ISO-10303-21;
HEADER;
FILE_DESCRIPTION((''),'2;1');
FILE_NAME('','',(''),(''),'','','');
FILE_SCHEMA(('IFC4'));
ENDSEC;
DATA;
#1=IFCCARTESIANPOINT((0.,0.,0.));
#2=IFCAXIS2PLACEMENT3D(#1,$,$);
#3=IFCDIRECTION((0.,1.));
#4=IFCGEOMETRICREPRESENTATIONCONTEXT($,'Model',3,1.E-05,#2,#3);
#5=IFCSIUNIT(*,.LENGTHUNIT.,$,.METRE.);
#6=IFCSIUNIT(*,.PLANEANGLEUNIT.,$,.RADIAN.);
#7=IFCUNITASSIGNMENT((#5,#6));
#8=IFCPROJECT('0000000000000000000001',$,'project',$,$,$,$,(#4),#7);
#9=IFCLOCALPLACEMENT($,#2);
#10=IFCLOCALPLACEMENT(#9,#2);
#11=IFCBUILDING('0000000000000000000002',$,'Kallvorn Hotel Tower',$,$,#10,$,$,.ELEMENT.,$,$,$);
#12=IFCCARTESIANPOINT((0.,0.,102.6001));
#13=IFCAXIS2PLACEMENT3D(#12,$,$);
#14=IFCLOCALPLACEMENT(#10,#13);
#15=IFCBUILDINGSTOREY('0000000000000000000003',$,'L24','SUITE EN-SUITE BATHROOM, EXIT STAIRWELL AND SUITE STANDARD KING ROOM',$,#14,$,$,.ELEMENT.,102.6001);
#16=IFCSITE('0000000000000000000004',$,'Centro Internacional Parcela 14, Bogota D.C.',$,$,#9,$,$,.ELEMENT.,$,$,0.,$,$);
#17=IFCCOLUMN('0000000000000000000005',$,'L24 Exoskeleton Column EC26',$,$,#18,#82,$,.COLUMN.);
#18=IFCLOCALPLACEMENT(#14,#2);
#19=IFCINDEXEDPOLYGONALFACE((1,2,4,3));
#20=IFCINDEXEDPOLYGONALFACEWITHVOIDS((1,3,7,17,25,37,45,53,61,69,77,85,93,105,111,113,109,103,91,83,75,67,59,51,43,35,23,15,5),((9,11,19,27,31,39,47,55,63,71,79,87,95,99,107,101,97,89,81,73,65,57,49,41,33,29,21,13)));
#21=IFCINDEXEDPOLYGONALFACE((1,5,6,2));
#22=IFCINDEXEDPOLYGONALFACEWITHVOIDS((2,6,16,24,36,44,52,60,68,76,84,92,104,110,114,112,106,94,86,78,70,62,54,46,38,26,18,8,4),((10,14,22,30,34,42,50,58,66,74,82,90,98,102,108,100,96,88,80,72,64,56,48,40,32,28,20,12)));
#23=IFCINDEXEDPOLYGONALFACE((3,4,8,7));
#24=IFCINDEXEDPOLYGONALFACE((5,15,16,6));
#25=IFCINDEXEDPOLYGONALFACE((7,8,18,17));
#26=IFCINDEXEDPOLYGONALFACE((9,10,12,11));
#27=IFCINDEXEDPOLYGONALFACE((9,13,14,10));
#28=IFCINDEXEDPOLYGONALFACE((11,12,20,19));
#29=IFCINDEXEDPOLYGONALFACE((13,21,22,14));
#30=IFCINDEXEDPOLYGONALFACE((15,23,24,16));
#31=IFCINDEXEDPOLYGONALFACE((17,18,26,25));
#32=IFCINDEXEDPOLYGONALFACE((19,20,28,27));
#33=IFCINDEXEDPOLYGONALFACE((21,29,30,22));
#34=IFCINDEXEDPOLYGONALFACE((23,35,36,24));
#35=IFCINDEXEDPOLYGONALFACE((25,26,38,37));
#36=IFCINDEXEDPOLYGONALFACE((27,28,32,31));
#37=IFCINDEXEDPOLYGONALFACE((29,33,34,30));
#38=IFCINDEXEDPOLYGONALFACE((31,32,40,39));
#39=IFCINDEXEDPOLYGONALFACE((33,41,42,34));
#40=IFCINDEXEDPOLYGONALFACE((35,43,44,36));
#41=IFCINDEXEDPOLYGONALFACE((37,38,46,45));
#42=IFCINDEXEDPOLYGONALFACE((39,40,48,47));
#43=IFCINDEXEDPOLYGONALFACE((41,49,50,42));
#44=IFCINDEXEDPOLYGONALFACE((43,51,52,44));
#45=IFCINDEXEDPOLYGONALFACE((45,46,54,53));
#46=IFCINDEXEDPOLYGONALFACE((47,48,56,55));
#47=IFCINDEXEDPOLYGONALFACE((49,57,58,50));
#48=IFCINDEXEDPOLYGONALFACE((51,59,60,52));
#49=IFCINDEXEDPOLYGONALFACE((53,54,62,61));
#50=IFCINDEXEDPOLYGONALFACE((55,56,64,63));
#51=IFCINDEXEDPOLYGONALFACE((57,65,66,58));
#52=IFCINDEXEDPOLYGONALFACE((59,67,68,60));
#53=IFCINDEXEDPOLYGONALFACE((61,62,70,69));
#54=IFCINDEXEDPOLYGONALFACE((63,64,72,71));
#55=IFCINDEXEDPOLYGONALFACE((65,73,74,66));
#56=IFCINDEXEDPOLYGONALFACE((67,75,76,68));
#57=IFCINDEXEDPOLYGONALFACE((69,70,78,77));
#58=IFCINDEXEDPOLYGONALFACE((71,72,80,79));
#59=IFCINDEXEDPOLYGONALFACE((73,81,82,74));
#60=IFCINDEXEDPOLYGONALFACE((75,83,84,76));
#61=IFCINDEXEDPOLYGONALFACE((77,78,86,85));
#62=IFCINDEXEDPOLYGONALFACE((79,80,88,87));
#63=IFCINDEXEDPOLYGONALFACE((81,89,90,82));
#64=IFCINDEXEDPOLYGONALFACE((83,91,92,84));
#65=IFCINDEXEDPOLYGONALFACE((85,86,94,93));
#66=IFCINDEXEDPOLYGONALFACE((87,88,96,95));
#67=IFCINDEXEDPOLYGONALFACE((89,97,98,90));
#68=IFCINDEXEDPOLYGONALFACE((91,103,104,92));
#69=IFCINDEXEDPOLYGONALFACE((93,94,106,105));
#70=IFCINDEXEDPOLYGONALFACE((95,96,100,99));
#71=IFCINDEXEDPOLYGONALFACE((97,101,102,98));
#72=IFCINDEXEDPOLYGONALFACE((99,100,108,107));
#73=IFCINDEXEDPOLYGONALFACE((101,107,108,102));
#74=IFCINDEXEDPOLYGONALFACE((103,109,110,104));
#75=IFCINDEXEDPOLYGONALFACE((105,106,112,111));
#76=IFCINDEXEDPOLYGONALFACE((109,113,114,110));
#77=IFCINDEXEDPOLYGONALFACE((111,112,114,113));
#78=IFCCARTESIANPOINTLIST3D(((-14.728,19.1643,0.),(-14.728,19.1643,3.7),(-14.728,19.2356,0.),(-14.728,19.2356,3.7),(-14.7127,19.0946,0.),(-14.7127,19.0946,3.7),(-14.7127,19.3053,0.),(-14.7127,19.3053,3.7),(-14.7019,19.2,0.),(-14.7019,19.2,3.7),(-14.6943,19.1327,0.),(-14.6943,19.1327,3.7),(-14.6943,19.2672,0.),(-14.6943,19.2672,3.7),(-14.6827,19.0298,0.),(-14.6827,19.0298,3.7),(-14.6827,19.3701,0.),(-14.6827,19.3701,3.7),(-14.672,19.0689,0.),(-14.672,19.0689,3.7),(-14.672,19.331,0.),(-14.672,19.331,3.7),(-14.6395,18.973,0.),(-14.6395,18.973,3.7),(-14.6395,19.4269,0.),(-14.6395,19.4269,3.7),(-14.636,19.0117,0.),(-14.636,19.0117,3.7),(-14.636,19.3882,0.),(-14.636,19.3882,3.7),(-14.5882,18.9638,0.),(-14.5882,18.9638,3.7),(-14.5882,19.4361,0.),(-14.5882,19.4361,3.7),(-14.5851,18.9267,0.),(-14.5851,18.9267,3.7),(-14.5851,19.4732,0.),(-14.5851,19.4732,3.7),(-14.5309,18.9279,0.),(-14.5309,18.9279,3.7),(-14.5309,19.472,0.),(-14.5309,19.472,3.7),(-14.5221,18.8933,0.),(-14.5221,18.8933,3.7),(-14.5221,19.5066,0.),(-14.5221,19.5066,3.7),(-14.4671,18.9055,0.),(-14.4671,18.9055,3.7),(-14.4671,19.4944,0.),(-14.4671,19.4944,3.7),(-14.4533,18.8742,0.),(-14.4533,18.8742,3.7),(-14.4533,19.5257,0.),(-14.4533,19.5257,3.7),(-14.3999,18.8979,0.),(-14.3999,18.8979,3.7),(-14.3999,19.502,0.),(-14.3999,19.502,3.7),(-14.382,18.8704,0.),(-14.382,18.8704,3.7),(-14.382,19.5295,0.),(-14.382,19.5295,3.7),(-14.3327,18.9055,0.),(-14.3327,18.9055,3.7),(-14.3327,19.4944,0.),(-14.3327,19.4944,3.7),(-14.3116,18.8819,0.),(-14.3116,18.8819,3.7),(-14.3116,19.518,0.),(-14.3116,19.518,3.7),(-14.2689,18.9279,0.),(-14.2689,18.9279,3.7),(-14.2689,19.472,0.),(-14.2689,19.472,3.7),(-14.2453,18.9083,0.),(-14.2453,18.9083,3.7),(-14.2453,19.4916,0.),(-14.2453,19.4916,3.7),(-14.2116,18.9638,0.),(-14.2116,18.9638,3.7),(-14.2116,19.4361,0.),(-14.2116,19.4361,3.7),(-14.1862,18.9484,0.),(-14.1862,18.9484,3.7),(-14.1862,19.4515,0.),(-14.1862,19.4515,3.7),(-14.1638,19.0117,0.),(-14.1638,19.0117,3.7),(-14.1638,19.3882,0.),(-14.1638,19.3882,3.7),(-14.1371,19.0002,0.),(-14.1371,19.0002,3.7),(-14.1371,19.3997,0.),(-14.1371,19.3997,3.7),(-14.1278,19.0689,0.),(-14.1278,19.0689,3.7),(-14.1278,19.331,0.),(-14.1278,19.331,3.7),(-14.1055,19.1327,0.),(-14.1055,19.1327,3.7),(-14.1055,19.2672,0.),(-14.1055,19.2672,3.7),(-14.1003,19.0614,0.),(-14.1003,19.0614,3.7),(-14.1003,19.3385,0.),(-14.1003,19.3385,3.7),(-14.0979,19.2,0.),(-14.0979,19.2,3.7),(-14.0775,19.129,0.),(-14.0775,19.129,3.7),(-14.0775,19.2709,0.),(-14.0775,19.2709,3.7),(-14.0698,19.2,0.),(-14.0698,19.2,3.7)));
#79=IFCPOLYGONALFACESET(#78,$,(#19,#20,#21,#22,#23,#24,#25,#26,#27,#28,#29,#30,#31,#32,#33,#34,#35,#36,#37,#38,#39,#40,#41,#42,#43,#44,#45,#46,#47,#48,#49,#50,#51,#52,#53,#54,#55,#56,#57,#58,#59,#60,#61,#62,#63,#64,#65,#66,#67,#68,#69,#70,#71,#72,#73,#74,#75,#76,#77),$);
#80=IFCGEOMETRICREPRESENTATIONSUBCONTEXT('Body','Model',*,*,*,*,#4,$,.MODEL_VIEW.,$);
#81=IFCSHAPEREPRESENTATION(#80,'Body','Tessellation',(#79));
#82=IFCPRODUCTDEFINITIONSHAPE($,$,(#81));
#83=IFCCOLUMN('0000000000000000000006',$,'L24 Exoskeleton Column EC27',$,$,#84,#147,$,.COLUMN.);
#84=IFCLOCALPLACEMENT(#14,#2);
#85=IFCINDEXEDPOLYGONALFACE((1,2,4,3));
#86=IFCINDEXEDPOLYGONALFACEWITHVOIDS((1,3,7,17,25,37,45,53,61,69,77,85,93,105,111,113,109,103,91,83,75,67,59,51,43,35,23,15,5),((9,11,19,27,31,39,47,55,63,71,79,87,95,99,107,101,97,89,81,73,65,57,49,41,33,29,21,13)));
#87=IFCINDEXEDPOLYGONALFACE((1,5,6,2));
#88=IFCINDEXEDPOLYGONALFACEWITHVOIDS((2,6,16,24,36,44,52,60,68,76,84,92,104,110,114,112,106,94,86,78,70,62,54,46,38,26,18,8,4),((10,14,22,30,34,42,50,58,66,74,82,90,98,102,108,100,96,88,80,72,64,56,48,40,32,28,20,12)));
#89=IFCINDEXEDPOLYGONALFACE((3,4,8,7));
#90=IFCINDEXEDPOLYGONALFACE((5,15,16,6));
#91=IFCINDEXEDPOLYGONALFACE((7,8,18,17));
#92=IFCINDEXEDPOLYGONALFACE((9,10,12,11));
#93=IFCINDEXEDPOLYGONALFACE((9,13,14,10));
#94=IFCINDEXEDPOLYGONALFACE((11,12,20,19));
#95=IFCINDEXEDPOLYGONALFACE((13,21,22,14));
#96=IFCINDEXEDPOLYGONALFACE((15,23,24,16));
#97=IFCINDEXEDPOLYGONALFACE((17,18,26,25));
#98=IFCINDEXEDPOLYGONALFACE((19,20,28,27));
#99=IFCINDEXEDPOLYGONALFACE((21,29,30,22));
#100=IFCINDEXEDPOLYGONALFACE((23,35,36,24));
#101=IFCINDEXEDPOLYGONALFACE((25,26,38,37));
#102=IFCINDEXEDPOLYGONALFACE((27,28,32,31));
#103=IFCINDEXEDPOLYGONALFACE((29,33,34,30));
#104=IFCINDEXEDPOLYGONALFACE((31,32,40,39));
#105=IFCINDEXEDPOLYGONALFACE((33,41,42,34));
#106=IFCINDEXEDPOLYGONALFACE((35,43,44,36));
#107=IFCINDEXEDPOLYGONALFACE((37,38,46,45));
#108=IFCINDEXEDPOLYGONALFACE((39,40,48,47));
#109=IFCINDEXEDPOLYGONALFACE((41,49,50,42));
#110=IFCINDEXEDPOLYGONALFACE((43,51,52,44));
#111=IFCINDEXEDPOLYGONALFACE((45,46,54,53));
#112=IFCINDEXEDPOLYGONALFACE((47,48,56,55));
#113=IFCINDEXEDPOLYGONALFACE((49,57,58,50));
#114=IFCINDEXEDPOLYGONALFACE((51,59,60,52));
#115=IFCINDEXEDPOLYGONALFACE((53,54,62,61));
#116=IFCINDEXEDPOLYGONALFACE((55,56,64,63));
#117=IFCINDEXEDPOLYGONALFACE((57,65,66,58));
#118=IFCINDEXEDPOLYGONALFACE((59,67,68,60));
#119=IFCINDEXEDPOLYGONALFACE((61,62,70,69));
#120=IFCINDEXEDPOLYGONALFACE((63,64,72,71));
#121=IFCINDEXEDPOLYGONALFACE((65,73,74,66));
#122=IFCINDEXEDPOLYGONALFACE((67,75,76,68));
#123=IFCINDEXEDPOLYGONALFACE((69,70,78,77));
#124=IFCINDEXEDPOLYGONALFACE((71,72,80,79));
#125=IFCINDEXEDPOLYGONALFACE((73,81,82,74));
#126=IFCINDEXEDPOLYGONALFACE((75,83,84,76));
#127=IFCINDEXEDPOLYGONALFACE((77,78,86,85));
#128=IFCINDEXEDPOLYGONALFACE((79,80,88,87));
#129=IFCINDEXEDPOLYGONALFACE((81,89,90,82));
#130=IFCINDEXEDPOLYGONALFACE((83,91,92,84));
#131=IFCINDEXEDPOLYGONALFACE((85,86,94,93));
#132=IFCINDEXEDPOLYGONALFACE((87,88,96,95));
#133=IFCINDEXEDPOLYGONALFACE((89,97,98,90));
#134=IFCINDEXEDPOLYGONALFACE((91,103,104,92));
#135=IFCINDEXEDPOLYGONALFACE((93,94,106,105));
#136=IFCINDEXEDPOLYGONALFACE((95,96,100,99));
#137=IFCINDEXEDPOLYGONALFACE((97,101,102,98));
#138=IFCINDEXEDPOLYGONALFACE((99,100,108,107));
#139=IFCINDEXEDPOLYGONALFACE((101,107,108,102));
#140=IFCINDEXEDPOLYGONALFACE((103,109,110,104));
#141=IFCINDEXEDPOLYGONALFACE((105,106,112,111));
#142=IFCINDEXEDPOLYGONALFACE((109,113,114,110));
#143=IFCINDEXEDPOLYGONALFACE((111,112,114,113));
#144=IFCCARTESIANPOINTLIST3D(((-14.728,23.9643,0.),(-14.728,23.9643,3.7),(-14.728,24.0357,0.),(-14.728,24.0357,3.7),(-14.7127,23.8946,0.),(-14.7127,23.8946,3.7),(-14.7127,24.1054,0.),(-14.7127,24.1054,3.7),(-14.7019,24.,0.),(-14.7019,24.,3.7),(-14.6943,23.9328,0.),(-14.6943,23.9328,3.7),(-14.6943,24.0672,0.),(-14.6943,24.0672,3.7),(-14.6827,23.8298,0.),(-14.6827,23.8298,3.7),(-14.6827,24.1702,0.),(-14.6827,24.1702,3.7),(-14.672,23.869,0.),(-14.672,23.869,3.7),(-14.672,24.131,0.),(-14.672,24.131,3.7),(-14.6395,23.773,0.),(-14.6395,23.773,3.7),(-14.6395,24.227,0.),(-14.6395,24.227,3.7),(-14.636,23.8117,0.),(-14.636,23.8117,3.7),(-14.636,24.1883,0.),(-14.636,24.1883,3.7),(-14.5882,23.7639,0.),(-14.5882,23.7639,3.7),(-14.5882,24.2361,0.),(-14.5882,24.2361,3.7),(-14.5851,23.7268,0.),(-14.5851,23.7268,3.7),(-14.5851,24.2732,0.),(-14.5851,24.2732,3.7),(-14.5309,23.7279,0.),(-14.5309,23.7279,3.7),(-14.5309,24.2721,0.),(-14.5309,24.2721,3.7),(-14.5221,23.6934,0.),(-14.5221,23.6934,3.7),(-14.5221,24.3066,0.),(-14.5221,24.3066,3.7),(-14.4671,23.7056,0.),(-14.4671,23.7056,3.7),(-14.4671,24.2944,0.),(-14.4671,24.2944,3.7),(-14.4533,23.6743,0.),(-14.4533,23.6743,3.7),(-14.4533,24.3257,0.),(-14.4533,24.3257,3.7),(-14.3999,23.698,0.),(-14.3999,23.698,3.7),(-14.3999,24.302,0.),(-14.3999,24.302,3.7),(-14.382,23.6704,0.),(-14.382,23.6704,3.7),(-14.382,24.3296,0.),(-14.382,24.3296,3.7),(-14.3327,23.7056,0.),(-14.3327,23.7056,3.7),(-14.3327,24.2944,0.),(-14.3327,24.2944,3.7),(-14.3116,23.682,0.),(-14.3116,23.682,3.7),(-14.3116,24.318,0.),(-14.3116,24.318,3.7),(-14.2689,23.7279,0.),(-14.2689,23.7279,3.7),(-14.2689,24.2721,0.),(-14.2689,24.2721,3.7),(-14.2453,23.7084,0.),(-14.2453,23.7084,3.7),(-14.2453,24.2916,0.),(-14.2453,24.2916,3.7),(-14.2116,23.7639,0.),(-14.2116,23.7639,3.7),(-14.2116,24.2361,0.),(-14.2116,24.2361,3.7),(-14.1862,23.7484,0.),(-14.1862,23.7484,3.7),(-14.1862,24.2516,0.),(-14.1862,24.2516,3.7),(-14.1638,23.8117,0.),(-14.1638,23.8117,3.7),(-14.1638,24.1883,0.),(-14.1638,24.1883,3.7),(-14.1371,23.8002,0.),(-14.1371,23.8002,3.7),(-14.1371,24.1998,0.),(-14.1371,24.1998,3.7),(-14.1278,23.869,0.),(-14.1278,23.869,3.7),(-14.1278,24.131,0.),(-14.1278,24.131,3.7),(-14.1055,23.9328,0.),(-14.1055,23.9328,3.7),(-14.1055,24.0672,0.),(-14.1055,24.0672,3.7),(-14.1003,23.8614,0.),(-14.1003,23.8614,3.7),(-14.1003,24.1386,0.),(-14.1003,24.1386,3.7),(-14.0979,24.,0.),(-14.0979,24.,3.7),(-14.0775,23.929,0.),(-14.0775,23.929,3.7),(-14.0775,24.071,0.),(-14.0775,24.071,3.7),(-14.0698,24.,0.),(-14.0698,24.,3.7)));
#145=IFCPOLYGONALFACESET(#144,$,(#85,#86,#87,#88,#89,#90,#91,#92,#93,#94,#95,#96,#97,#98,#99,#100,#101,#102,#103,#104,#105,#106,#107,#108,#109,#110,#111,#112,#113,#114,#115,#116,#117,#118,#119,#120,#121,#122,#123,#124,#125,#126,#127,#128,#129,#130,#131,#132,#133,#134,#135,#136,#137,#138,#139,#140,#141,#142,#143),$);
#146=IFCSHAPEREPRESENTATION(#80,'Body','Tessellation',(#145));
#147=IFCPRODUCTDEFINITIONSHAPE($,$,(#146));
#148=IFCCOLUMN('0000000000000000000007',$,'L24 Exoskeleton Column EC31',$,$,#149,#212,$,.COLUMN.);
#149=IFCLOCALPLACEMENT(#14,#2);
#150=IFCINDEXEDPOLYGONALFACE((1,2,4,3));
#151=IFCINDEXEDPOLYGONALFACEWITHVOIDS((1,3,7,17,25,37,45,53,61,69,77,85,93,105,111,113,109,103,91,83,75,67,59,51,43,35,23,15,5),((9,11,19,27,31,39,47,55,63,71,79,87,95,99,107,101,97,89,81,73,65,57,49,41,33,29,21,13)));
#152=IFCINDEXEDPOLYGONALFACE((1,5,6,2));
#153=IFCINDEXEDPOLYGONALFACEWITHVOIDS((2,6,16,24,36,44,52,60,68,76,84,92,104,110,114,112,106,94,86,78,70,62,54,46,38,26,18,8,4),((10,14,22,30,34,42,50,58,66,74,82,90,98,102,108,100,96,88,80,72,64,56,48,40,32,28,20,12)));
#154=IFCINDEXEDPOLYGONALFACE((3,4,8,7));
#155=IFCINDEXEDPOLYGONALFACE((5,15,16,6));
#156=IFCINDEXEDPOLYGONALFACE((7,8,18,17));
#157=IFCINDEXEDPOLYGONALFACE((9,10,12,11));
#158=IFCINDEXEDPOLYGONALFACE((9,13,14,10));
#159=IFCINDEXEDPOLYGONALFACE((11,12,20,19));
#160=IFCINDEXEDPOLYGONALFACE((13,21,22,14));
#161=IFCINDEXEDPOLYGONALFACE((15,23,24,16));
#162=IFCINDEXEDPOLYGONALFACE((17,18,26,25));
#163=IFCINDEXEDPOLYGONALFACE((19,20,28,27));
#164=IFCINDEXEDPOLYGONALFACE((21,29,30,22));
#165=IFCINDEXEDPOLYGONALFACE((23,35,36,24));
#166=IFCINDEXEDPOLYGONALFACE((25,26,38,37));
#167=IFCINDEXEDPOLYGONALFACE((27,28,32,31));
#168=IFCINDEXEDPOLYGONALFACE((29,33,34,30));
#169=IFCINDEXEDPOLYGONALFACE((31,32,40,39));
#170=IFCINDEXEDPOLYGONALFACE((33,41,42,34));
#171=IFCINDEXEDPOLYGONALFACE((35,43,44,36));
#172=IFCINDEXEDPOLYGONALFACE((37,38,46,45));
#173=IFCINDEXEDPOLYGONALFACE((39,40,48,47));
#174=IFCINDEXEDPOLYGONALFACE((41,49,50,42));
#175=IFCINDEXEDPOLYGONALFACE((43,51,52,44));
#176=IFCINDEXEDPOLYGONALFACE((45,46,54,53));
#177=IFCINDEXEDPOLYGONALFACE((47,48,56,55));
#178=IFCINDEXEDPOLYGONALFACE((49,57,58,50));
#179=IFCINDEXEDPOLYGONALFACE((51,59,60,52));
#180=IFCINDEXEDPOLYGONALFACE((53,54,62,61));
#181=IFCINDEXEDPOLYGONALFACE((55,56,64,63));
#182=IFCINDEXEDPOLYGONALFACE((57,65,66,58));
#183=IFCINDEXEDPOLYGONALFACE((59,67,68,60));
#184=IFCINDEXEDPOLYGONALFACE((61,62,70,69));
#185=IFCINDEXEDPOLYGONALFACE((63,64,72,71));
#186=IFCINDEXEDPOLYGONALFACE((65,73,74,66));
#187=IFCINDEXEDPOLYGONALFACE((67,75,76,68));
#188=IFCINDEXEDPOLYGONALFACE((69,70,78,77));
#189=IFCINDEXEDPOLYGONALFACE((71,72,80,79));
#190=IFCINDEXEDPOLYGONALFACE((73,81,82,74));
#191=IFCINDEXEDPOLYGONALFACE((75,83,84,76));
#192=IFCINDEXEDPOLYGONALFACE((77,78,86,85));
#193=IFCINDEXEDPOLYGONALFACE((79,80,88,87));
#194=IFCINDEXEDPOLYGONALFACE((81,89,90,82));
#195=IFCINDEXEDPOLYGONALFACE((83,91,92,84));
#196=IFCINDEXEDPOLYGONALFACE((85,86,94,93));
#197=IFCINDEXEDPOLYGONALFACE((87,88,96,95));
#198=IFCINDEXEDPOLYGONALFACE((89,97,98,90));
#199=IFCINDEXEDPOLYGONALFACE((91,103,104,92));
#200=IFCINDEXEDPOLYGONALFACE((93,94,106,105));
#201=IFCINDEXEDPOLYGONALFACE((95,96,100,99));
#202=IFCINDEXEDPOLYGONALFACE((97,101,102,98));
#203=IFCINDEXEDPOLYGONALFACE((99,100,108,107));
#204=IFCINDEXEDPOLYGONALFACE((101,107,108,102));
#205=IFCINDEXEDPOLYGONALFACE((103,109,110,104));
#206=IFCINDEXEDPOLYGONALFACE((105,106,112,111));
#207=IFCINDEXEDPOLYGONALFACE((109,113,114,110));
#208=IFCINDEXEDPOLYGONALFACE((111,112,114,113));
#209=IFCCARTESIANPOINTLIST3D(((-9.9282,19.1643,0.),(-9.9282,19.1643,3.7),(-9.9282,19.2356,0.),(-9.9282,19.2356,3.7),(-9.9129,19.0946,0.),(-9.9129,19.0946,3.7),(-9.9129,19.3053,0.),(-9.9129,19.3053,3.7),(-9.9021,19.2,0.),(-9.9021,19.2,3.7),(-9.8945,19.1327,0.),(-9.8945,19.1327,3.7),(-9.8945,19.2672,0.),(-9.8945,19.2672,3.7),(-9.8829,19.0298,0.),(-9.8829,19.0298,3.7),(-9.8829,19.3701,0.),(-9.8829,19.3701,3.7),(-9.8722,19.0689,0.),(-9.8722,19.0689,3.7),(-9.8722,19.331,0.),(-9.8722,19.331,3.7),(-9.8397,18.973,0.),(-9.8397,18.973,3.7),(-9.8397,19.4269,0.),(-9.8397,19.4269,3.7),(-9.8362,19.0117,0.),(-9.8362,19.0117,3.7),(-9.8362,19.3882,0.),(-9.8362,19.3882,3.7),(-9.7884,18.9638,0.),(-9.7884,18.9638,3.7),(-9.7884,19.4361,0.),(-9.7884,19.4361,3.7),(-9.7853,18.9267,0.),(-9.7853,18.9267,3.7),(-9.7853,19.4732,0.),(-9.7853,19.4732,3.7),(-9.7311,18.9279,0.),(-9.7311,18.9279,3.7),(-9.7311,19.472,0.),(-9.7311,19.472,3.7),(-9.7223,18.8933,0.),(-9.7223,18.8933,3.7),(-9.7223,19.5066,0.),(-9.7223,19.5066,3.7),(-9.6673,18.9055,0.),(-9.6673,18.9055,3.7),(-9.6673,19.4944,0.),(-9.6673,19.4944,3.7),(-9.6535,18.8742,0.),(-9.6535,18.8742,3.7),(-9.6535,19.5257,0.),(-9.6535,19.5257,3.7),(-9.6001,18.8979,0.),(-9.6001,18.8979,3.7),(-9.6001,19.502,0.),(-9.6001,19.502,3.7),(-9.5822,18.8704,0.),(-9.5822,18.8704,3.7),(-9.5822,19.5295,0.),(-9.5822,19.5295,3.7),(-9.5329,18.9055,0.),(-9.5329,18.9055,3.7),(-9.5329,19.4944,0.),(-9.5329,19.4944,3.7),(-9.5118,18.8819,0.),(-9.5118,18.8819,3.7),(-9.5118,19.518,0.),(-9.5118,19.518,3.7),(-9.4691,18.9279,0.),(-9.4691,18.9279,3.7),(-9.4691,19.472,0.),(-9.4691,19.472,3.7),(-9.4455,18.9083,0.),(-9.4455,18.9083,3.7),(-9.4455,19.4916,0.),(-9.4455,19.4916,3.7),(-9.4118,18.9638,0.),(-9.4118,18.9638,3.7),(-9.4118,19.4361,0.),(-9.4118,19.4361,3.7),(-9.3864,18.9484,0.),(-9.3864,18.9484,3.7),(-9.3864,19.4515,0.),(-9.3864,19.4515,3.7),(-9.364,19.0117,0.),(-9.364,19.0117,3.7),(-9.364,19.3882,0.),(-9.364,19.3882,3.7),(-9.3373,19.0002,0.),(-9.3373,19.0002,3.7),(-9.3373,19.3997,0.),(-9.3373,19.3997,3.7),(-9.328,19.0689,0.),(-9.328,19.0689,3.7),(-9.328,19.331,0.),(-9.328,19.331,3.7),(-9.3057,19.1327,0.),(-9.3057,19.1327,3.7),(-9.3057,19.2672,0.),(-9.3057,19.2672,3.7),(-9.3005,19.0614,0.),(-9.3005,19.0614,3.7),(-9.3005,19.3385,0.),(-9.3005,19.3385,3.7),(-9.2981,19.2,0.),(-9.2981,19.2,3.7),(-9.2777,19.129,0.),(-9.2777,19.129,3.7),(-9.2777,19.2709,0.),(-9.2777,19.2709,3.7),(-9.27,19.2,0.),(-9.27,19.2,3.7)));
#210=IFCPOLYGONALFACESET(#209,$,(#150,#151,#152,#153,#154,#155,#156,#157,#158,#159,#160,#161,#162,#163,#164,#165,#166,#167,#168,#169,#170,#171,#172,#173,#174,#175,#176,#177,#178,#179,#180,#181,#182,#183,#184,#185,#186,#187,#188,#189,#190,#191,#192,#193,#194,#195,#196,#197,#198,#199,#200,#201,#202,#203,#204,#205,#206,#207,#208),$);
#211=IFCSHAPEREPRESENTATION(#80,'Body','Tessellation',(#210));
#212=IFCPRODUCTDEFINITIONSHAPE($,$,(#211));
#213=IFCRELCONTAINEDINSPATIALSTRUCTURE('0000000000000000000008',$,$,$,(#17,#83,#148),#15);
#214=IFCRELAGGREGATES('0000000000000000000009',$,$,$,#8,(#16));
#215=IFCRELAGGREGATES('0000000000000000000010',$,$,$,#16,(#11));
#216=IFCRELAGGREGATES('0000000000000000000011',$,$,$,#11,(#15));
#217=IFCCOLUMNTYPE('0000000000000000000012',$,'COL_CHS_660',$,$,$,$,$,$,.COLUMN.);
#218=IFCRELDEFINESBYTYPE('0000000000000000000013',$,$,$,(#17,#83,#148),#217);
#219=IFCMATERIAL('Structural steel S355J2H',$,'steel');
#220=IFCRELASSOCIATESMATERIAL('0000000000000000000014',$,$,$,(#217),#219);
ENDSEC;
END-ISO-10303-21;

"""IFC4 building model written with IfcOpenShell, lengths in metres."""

from ifc_helpers import new_model, si_unit, direction, frame, origin, origin_2d, place, context, subcontext, project, spatial, hollow_circle, extrude, material, material_profile, profile_set, type_object, element, save


model = new_model("IFC4")

# Units and contexts
model_context = context("Model", 3, precision=1e-05, world=origin(), true_north=direction((0.0, 1.0)))
body_context = subcontext(model_context, "Body", "Model", "MODEL_VIEW")
ifc_project = project(units=[si_unit("LENGTHUNIT", "METRE"), si_unit("PLANEANGLEUNIT", "RADIAN")], contexts=[model_context])

# Site, building, storey
site_placement = place(None, origin())
site = spatial("IfcSite", under=ifc_project, at=site_placement, Name="Centro Internacional Parcela 14, Bogota D.C.", CompositionType="ELEMENT", RefElevation=0.0)
building_placement = place(site_placement, origin())
building = spatial("IfcBuilding", under=site, at=building_placement, Name="Kallvorn Hotel Tower", CompositionType="ELEMENT")
storey_placement = place(building_placement, frame((0.0, 0.0, 102.6001)))
storey = spatial("IfcBuildingStorey", under=building, at=storey_placement, Name="L24", Description="SUITE EN-SUITE BATHROOM, EXIT STAIRWELL AND SUITE STANDARD KING ROOM", CompositionType="ELEMENT", Elevation=102.6001)

# Columns
ifc_material_1 = material(Name="Structural steel S355J2H", Category="steel")
ifc_material_profile_1 = material_profile(ifc_material_1, hollow_circle(Radius=0.3301, WallThickness=0.0281, at=origin_2d()), Name="CHS 660x28")
ifc_profile_set_1 = profile_set([ifc_material_profile_1], Name="Structural steel S355J2H")
column_type_1 = type_object("IfcColumnType", Name="COL_CHS_660", PredefinedType="COLUMN", material=ifc_profile_set_1)
for number, where, z_axis, x_axis, name in (
    (1, (-14.3999, 19.2, 0.0), (0.0, 0.0, 1.0), (1.0, 0.0, 0.0), "L24 Exoskeleton Column EC26"),
    (2, (-14.3999, 24.0, 0.0), (0.0, 0.0, 1.0), (1.0, 0.0, 0.0), "L24 Exoskeleton Column EC27"),
    (3, (-9.6001, 19.2, 0.0), (0.0, 0.0, 1.0), (1.0, 0.0, 0.0), "L24 Exoskeleton Column EC31"),
):
    element("IfcColumn", number, at=place(storey_placement, frame(where, z_axis=z_axis, x_axis=x_axis)), inside=storey, type_object=column_type_1, Name=name, PredefinedType="COLUMN", context=body_context, shape_type="SweptSolid", body=[
        extrude(hollow_circle(Radius=0.3301, WallThickness=0.0281, at=origin_2d()), origin(), (0.0, 0.0, 1.0), 3.7),
    ])

save(model, "model.ifc")
